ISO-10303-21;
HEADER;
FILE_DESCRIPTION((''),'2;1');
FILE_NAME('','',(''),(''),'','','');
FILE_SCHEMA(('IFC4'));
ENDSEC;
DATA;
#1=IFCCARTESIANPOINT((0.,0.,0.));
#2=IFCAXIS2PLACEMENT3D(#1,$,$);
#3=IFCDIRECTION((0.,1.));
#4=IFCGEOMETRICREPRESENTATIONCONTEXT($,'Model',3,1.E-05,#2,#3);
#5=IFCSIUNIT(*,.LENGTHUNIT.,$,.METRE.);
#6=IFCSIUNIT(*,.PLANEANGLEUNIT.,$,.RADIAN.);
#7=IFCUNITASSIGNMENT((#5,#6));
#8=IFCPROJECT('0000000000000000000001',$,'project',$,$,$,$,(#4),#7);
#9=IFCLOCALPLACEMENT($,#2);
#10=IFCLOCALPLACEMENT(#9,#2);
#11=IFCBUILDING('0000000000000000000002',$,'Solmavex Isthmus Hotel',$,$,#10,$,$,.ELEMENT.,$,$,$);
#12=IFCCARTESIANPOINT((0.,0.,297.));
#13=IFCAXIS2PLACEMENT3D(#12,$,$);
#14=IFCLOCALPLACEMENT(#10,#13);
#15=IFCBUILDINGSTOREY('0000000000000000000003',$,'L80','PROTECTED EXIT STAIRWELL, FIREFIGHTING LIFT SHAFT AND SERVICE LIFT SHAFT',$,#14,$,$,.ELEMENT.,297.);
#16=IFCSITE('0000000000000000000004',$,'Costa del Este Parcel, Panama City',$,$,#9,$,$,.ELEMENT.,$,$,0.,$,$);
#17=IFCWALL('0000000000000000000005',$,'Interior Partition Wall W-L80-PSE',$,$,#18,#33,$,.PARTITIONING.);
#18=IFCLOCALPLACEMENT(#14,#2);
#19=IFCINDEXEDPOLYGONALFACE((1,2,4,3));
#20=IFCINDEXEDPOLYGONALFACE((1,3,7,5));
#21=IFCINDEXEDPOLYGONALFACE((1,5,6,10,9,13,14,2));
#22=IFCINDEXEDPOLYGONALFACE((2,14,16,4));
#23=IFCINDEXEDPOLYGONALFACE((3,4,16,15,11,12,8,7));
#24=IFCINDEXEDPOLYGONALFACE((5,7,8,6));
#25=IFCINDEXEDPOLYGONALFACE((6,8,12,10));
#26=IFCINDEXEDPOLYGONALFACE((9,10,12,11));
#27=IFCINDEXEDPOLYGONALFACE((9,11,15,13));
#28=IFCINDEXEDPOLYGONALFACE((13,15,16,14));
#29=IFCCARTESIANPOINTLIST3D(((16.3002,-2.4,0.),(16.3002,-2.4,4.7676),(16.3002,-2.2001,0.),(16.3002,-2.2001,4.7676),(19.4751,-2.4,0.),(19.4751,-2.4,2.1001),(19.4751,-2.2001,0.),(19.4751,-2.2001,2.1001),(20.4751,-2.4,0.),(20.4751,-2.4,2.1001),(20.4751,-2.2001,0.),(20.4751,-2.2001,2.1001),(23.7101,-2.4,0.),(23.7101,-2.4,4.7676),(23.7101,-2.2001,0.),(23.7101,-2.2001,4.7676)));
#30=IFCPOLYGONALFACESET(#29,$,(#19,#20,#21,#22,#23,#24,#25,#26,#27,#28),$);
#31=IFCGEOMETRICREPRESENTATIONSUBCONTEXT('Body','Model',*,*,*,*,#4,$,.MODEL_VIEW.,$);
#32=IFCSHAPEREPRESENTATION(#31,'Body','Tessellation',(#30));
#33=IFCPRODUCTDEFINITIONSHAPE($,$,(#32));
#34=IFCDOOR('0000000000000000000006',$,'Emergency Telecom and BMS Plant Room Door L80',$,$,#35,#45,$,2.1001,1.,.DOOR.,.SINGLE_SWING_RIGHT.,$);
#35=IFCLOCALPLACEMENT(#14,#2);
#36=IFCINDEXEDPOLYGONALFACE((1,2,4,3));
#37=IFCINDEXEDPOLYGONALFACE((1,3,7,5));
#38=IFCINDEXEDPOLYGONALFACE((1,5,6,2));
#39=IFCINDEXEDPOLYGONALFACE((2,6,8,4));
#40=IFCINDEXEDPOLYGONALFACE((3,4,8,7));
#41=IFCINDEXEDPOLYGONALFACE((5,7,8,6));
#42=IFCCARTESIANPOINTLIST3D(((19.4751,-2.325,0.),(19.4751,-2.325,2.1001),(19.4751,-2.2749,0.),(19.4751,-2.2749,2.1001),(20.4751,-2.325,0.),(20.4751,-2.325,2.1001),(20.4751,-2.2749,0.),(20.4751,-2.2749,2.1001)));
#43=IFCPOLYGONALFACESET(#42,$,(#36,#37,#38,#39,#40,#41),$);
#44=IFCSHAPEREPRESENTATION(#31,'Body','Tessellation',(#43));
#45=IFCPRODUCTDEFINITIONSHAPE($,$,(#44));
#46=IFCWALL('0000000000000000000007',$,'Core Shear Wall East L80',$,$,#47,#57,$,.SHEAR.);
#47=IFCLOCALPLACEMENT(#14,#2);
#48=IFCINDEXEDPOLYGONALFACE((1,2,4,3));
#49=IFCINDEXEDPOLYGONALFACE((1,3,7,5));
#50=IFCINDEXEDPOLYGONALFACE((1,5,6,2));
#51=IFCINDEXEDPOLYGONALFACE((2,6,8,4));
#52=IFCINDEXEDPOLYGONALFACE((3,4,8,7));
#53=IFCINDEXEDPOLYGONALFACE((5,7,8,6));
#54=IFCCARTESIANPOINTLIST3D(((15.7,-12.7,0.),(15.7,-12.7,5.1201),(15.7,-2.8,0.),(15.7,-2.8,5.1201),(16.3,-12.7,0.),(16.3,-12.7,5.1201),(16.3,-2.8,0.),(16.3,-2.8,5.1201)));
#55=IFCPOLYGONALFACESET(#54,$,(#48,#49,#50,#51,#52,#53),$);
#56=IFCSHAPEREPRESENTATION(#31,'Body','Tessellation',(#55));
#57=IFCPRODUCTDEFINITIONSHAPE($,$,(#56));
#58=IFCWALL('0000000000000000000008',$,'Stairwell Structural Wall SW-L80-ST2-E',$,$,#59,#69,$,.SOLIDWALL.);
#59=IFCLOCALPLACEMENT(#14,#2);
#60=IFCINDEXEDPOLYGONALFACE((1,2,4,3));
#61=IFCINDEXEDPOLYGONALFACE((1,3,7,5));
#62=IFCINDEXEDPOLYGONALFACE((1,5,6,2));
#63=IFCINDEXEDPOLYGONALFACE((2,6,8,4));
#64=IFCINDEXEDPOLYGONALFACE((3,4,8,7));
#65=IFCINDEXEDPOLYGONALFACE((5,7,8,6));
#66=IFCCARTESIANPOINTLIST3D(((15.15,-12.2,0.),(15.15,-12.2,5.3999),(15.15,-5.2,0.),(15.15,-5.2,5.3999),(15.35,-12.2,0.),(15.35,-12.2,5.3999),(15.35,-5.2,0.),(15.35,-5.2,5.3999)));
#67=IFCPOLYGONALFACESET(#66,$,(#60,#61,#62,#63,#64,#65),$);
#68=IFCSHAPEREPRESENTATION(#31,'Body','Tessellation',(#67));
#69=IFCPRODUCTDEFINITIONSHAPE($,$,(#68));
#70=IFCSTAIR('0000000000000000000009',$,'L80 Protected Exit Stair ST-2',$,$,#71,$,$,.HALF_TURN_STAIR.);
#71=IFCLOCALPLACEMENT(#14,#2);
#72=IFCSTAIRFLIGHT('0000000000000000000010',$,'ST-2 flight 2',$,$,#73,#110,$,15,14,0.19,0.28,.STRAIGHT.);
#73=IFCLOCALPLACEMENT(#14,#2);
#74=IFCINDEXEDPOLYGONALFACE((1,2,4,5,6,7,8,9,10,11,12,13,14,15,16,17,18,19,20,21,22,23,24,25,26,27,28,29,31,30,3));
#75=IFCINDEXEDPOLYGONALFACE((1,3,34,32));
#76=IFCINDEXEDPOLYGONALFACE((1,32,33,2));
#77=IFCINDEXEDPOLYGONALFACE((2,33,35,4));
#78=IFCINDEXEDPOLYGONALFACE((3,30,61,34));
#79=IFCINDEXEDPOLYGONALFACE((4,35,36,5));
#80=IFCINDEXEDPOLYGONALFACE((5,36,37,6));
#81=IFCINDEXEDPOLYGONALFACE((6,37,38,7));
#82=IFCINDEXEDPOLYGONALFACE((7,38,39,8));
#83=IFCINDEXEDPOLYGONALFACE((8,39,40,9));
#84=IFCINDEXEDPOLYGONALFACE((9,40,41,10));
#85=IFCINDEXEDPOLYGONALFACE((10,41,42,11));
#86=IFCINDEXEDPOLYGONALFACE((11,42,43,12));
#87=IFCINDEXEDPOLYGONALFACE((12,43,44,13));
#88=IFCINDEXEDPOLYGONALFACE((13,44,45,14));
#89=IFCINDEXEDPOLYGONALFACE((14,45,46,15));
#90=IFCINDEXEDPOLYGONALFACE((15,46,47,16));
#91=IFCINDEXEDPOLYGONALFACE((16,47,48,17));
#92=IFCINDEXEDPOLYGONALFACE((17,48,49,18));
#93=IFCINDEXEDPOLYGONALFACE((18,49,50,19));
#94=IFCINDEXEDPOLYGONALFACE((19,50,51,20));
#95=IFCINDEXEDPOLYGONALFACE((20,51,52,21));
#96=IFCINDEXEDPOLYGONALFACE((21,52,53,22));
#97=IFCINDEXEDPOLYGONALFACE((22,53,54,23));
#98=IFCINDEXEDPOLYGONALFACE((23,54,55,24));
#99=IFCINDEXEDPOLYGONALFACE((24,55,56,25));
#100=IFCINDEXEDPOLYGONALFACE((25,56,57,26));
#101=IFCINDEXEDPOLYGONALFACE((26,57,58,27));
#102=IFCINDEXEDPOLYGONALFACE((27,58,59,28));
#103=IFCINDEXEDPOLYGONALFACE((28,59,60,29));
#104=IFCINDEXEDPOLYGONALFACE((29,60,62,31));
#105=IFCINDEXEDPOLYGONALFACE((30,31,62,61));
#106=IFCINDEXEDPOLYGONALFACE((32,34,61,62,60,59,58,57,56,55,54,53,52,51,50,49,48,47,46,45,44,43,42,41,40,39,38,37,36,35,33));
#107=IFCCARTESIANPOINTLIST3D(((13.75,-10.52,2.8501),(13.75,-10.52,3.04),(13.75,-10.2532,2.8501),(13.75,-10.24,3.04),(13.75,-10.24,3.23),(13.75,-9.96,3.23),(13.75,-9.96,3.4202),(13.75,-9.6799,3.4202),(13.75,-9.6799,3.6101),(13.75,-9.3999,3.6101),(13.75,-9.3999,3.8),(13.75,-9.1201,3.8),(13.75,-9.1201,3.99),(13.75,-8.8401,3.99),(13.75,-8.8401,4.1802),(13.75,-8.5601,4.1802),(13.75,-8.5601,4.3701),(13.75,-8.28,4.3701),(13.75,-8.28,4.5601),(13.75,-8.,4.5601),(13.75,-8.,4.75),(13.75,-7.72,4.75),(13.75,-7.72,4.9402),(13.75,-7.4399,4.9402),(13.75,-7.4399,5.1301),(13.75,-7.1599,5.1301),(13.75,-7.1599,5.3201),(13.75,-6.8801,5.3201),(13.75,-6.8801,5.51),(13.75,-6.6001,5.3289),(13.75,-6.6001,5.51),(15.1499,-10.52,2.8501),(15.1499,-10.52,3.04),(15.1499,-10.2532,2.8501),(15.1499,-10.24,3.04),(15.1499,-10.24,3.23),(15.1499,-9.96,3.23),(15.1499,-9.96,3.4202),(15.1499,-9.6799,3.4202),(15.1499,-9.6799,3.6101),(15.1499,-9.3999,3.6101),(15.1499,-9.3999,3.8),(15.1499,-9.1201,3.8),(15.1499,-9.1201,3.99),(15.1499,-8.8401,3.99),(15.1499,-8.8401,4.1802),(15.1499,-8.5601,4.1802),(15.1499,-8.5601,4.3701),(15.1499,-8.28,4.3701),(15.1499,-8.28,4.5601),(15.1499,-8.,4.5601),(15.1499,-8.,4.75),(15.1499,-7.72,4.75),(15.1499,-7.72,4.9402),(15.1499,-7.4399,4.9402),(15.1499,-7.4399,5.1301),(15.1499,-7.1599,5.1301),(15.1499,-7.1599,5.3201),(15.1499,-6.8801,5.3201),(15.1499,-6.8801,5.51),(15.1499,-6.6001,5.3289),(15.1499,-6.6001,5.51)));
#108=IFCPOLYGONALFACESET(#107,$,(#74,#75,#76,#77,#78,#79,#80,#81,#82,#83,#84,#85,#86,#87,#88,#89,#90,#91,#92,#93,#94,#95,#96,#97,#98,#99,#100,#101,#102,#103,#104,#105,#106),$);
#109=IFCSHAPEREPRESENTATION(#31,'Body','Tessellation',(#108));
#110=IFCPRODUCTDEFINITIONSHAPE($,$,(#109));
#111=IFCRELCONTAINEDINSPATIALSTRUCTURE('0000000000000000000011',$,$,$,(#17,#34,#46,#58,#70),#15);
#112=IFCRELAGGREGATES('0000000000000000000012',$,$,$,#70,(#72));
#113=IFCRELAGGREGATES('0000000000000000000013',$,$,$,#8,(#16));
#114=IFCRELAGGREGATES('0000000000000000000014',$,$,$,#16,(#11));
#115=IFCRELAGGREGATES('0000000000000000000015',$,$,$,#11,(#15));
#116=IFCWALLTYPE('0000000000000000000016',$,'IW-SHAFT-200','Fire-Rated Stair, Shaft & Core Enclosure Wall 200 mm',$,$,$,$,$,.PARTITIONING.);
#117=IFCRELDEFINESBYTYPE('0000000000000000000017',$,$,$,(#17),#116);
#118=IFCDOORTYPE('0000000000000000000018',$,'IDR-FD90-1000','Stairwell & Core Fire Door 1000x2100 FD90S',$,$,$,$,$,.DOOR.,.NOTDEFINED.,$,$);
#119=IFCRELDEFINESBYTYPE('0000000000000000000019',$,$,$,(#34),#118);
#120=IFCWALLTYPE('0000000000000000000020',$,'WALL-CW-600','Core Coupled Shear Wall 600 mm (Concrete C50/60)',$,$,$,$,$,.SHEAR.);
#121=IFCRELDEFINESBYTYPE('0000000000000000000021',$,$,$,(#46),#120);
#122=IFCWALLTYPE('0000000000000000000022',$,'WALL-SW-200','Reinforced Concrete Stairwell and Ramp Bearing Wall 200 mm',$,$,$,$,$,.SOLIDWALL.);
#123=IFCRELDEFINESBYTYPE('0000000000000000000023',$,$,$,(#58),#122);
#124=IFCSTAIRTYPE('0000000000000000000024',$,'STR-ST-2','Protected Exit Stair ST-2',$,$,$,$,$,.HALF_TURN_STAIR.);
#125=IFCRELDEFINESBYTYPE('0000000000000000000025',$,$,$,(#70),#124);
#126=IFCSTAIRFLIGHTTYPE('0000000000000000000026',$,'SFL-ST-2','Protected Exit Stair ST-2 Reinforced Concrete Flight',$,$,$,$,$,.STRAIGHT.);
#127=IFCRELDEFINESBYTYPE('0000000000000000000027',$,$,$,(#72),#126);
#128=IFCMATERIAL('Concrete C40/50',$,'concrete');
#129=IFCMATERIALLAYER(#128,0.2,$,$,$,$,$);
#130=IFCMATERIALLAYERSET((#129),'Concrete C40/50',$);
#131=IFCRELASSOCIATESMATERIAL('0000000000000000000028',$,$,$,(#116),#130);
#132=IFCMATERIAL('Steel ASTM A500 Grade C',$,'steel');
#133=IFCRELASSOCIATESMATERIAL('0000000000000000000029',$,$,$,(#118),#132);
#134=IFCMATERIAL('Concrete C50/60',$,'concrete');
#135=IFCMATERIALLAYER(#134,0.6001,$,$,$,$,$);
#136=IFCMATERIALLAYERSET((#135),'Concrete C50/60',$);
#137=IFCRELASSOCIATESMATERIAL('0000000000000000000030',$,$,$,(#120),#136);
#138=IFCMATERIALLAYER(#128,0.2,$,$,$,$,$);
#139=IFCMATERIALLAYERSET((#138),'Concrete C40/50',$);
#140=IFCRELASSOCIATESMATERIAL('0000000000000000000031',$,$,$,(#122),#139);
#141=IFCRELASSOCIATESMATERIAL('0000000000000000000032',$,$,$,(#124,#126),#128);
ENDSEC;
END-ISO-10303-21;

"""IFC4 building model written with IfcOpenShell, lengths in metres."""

from ifc_helpers import new_model, si_unit, direction, frame, frame_2d, origin, place, context, subcontext, project, spatial, polyline, rectangle, outline, extrude, material, layer, layer_set, type_object, element, fill, aggregate, save


model = new_model("IFC4")

# Units and contexts
model_context = context("Model", 3, precision=1e-05, world=origin(), true_north=direction((0.0, 1.0)))
body_context = subcontext(model_context, "Body", "Model", "MODEL_VIEW")
ifc_project = project(units=[si_unit("LENGTHUNIT", "METRE"), si_unit("PLANEANGLEUNIT", "RADIAN")], contexts=[model_context])

# Site, building, storey
site_placement = place(None, origin())
site = spatial("IfcSite", under=ifc_project, at=site_placement, Name="Costa del Este Parcel, Panama City", CompositionType="ELEMENT", RefElevation=0.0)
building_placement = place(site_placement, origin())
building = spatial("IfcBuilding", under=site, at=building_placement, Name="Solmavex Isthmus Hotel", CompositionType="ELEMENT")
storey_placement = place(building_placement, frame((0.0, 0.0, 297.0)))
storey = spatial("IfcBuildingStorey", under=building, at=storey_placement, Name="L80", Description="PROTECTED EXIT STAIRWELL, FIREFIGHTING LIFT SHAFT AND SERVICE LIFT SHAFT", CompositionType="ELEMENT", Elevation=297.0)

# Shared definitions
ifc_material_1 = material(Name="Concrete C50/60", Category="concrete")

# Wall, opening, door
ifc_material_2 = material(Name="Concrete C40/50", Category="concrete")
ifc_layer_1 = layer(ifc_material_2, 0.2)
ifc_layer_set_1 = layer_set([ifc_layer_1], Name="Concrete C40/50")
wall_type_1 = type_object("IfcWallType", Name="IW-SHAFT-200", Description="Fire-Rated Stair, Shaft & Core Enclosure Wall 200 mm", PredefinedType="PARTITIONING", material=ifc_layer_set_1)
wall_1_placement = place(storey_placement, frame((16.3, -2.3, 0.0), z_axis=(0.0, 0.0, 1.0), x_axis=(1.0, 0.0, 0.0)))
wall_1 = element("IfcWall", 1, at=wall_1_placement, inside=storey, type_object=wall_type_1, Name="Interior Partition Wall W-L80-PSE", PredefinedType="PARTITIONING", context=body_context, shape_type="SweptSolid", body=[
    extrude(rectangle(XDim=7.4099, YDim=0.2, at=frame_2d((3.7051, 0.0))), origin(), (0.0, 0.0, 1.0), 4.7676),
])
opening_placement = place(wall_1_placement, frame((3.175, 0.0, 0.0)))
opening = element("IfcOpeningElement", 2, at=opening_placement, cuts=wall_1, PredefinedType="OPENING", context=body_context, shape_type="SweptSolid", body=[
    extrude(rectangle(XDim=1.0, YDim=2.1001, at=frame_2d((0.5, 1.05))), frame((0.0, 0.1099, 0.0), z_axis=(0.0, -1.0, 0.0), x_axis=(1.0, 0.0, 0.0)), (0.0, 0.0, 1.0), 0.22),
])
ifc_material_3 = material(Name="Steel ASTM A500 Grade C", Category="steel")
door_type = type_object("IfcDoorType", Name="IDR-FD90-1000", Description="Stairwell & Core Fire Door 1000x2100 FD90S", OperationType="NOTDEFINED", PredefinedType="DOOR", material=ifc_material_3)
door_placement = place(opening_placement, frame((1.0, 0.0, 0.0), z_axis=(0.0, 0.0, 1.0), x_axis=(-1.0, 0.0, 0.0)))
door = element("IfcDoor", 3, at=door_placement, inside=storey, type_object=door_type, Name="Emergency Telecom and BMS Plant Room Door L80", OperationType="SINGLE_SWING_RIGHT", OverallHeight=2.1001, OverallWidth=1.0, PredefinedType="DOOR", context=body_context, shape_type="SweptSolid", body=[
    extrude(rectangle(XDim=1.0, YDim=2.1001, at=frame_2d((0.5, 1.05))), frame((0.0, 0.0249, 0.0), z_axis=(0.0, -1.0, 0.0), x_axis=(1.0, 0.0, 0.0)), (0.0, 0.0, 1.0), 0.05),
])
fill(opening, door)

# Walls
ifc_layer_2 = layer(ifc_material_1, 0.6001)
ifc_layer_set_2 = layer_set([ifc_layer_2], Name="Concrete C50/60")
wall_type_2 = type_object("IfcWallType", Name="WALL-CW-600", Description="Core Coupled Shear Wall 600 mm (Concrete C50/60)", PredefinedType="SHEAR", material=ifc_layer_set_2)
wall_2_placement = place(storey_placement, frame((16.0, -12.7, 0.0), z_axis=(0.0, 0.0, 1.0), x_axis=(0.0, 1.0, 0.0)))
element("IfcWall", 4, at=wall_2_placement, inside=storey, type_object=wall_type_2, Name="Core Shear Wall East L80", PredefinedType="SHEAR", context=body_context, shape_type="SweptSolid", body=[
    extrude(rectangle(XDim=9.8999, YDim=0.6001, at=frame_2d((4.95, 0.0))), origin(), (0.0, 0.0, 1.0), 5.1201),
])
ifc_layer_3 = layer(ifc_material_2, 0.2)
ifc_layer_set_3 = layer_set([ifc_layer_3], Name="Concrete C40/50")
wall_type_3 = type_object("IfcWallType", Name="WALL-SW-200", Description="Reinforced Concrete Stairwell and Ramp Bearing Wall 200 mm", PredefinedType="SOLIDWALL", material=ifc_layer_set_3)
wall_3_placement = place(storey_placement, frame((15.25, -12.2, 0.0), z_axis=(0.0, 0.0, 1.0), x_axis=(0.0, 1.0, 0.0)))
element("IfcWall", 5, at=wall_3_placement, inside=storey, type_object=wall_type_3, Name="Stairwell Structural Wall SW-L80-ST2-E", PredefinedType="SOLIDWALL", context=body_context, shape_type="SweptSolid", body=[
    extrude(rectangle(XDim=7.0, YDim=0.2, at=frame_2d((3.5, 0.0))), origin(), (0.0, 0.0, 1.0), 5.3999),
])

# Stair, stair flight
stair_type = type_object("IfcStairType", Name="STR-ST-2", Description="Protected Exit Stair ST-2", PredefinedType="HALF_TURN_STAIR", material=ifc_material_2)
stair_placement = place(storey_placement, origin())
stair = element("IfcStair", 6, at=stair_placement, inside=storey, type_object=stair_type, Name="L80 Protected Exit Stair ST-2", PredefinedType="HALF_TURN_STAIR")
stair_flight_type = type_object("IfcStairFlightType", Name="SFL-ST-2", Description="Protected Exit Stair ST-2 Reinforced Concrete Flight", PredefinedType="STRAIGHT", material=ifc_material_2)
stair_flight_placement = place(storey_placement, frame((14.45, -10.52, 2.8501), z_axis=(0.0, 0.0, 1.0), x_axis=(0.0, 1.0, 0.0)))
stair_flight = element("IfcStairFlight", 7, at=stair_flight_placement, type_object=stair_flight_type, Name="ST-2 flight 2", NumberOfRisers=15, NumberOfTreads=14, PredefinedType="STRAIGHT", RiserHeight=0.19, TreadLength=0.28, context=body_context, shape_type="SweptSolid", body=[
    extrude(outline(polyline([(0.0, 0.0), (0.0, 0.1899), (0.28, 0.1899), (0.28, 0.3799), (0.5601, 0.3799), (0.5601, 0.5701), (0.8401, 0.5701), (0.8401, 0.76), (1.1201, 0.76), (1.1201, 0.95), (1.3999, 0.95), (1.3999, 1.1399), (1.6799, 1.1399), (1.6799, 1.3301), (1.96, 1.3301), (1.96, 1.52), (2.24, 1.52), (2.24, 1.71), (2.52, 1.71), (2.52, 1.8999), (2.8, 1.8999), (2.8, 2.0901), (3.0801, 2.0901), (3.0801, 2.28), (3.3601, 2.28), (3.3601, 2.47), (3.6399, 2.47), (3.6399, 2.6599), (3.9199, 2.6599), (3.9199, 2.8501), (3.9199, 2.4788), (0.2668, 0.0), (0.0, 0.0)])), frame((0.0, 0.7, 0.0), z_axis=(0.0, -1.0, 0.0), x_axis=(1.0, 0.0, 0.0)), (0.0, 0.0, 1.0), 1.3999),
])
aggregate(stair, [stair_flight])

save(model, "model.ifc")
